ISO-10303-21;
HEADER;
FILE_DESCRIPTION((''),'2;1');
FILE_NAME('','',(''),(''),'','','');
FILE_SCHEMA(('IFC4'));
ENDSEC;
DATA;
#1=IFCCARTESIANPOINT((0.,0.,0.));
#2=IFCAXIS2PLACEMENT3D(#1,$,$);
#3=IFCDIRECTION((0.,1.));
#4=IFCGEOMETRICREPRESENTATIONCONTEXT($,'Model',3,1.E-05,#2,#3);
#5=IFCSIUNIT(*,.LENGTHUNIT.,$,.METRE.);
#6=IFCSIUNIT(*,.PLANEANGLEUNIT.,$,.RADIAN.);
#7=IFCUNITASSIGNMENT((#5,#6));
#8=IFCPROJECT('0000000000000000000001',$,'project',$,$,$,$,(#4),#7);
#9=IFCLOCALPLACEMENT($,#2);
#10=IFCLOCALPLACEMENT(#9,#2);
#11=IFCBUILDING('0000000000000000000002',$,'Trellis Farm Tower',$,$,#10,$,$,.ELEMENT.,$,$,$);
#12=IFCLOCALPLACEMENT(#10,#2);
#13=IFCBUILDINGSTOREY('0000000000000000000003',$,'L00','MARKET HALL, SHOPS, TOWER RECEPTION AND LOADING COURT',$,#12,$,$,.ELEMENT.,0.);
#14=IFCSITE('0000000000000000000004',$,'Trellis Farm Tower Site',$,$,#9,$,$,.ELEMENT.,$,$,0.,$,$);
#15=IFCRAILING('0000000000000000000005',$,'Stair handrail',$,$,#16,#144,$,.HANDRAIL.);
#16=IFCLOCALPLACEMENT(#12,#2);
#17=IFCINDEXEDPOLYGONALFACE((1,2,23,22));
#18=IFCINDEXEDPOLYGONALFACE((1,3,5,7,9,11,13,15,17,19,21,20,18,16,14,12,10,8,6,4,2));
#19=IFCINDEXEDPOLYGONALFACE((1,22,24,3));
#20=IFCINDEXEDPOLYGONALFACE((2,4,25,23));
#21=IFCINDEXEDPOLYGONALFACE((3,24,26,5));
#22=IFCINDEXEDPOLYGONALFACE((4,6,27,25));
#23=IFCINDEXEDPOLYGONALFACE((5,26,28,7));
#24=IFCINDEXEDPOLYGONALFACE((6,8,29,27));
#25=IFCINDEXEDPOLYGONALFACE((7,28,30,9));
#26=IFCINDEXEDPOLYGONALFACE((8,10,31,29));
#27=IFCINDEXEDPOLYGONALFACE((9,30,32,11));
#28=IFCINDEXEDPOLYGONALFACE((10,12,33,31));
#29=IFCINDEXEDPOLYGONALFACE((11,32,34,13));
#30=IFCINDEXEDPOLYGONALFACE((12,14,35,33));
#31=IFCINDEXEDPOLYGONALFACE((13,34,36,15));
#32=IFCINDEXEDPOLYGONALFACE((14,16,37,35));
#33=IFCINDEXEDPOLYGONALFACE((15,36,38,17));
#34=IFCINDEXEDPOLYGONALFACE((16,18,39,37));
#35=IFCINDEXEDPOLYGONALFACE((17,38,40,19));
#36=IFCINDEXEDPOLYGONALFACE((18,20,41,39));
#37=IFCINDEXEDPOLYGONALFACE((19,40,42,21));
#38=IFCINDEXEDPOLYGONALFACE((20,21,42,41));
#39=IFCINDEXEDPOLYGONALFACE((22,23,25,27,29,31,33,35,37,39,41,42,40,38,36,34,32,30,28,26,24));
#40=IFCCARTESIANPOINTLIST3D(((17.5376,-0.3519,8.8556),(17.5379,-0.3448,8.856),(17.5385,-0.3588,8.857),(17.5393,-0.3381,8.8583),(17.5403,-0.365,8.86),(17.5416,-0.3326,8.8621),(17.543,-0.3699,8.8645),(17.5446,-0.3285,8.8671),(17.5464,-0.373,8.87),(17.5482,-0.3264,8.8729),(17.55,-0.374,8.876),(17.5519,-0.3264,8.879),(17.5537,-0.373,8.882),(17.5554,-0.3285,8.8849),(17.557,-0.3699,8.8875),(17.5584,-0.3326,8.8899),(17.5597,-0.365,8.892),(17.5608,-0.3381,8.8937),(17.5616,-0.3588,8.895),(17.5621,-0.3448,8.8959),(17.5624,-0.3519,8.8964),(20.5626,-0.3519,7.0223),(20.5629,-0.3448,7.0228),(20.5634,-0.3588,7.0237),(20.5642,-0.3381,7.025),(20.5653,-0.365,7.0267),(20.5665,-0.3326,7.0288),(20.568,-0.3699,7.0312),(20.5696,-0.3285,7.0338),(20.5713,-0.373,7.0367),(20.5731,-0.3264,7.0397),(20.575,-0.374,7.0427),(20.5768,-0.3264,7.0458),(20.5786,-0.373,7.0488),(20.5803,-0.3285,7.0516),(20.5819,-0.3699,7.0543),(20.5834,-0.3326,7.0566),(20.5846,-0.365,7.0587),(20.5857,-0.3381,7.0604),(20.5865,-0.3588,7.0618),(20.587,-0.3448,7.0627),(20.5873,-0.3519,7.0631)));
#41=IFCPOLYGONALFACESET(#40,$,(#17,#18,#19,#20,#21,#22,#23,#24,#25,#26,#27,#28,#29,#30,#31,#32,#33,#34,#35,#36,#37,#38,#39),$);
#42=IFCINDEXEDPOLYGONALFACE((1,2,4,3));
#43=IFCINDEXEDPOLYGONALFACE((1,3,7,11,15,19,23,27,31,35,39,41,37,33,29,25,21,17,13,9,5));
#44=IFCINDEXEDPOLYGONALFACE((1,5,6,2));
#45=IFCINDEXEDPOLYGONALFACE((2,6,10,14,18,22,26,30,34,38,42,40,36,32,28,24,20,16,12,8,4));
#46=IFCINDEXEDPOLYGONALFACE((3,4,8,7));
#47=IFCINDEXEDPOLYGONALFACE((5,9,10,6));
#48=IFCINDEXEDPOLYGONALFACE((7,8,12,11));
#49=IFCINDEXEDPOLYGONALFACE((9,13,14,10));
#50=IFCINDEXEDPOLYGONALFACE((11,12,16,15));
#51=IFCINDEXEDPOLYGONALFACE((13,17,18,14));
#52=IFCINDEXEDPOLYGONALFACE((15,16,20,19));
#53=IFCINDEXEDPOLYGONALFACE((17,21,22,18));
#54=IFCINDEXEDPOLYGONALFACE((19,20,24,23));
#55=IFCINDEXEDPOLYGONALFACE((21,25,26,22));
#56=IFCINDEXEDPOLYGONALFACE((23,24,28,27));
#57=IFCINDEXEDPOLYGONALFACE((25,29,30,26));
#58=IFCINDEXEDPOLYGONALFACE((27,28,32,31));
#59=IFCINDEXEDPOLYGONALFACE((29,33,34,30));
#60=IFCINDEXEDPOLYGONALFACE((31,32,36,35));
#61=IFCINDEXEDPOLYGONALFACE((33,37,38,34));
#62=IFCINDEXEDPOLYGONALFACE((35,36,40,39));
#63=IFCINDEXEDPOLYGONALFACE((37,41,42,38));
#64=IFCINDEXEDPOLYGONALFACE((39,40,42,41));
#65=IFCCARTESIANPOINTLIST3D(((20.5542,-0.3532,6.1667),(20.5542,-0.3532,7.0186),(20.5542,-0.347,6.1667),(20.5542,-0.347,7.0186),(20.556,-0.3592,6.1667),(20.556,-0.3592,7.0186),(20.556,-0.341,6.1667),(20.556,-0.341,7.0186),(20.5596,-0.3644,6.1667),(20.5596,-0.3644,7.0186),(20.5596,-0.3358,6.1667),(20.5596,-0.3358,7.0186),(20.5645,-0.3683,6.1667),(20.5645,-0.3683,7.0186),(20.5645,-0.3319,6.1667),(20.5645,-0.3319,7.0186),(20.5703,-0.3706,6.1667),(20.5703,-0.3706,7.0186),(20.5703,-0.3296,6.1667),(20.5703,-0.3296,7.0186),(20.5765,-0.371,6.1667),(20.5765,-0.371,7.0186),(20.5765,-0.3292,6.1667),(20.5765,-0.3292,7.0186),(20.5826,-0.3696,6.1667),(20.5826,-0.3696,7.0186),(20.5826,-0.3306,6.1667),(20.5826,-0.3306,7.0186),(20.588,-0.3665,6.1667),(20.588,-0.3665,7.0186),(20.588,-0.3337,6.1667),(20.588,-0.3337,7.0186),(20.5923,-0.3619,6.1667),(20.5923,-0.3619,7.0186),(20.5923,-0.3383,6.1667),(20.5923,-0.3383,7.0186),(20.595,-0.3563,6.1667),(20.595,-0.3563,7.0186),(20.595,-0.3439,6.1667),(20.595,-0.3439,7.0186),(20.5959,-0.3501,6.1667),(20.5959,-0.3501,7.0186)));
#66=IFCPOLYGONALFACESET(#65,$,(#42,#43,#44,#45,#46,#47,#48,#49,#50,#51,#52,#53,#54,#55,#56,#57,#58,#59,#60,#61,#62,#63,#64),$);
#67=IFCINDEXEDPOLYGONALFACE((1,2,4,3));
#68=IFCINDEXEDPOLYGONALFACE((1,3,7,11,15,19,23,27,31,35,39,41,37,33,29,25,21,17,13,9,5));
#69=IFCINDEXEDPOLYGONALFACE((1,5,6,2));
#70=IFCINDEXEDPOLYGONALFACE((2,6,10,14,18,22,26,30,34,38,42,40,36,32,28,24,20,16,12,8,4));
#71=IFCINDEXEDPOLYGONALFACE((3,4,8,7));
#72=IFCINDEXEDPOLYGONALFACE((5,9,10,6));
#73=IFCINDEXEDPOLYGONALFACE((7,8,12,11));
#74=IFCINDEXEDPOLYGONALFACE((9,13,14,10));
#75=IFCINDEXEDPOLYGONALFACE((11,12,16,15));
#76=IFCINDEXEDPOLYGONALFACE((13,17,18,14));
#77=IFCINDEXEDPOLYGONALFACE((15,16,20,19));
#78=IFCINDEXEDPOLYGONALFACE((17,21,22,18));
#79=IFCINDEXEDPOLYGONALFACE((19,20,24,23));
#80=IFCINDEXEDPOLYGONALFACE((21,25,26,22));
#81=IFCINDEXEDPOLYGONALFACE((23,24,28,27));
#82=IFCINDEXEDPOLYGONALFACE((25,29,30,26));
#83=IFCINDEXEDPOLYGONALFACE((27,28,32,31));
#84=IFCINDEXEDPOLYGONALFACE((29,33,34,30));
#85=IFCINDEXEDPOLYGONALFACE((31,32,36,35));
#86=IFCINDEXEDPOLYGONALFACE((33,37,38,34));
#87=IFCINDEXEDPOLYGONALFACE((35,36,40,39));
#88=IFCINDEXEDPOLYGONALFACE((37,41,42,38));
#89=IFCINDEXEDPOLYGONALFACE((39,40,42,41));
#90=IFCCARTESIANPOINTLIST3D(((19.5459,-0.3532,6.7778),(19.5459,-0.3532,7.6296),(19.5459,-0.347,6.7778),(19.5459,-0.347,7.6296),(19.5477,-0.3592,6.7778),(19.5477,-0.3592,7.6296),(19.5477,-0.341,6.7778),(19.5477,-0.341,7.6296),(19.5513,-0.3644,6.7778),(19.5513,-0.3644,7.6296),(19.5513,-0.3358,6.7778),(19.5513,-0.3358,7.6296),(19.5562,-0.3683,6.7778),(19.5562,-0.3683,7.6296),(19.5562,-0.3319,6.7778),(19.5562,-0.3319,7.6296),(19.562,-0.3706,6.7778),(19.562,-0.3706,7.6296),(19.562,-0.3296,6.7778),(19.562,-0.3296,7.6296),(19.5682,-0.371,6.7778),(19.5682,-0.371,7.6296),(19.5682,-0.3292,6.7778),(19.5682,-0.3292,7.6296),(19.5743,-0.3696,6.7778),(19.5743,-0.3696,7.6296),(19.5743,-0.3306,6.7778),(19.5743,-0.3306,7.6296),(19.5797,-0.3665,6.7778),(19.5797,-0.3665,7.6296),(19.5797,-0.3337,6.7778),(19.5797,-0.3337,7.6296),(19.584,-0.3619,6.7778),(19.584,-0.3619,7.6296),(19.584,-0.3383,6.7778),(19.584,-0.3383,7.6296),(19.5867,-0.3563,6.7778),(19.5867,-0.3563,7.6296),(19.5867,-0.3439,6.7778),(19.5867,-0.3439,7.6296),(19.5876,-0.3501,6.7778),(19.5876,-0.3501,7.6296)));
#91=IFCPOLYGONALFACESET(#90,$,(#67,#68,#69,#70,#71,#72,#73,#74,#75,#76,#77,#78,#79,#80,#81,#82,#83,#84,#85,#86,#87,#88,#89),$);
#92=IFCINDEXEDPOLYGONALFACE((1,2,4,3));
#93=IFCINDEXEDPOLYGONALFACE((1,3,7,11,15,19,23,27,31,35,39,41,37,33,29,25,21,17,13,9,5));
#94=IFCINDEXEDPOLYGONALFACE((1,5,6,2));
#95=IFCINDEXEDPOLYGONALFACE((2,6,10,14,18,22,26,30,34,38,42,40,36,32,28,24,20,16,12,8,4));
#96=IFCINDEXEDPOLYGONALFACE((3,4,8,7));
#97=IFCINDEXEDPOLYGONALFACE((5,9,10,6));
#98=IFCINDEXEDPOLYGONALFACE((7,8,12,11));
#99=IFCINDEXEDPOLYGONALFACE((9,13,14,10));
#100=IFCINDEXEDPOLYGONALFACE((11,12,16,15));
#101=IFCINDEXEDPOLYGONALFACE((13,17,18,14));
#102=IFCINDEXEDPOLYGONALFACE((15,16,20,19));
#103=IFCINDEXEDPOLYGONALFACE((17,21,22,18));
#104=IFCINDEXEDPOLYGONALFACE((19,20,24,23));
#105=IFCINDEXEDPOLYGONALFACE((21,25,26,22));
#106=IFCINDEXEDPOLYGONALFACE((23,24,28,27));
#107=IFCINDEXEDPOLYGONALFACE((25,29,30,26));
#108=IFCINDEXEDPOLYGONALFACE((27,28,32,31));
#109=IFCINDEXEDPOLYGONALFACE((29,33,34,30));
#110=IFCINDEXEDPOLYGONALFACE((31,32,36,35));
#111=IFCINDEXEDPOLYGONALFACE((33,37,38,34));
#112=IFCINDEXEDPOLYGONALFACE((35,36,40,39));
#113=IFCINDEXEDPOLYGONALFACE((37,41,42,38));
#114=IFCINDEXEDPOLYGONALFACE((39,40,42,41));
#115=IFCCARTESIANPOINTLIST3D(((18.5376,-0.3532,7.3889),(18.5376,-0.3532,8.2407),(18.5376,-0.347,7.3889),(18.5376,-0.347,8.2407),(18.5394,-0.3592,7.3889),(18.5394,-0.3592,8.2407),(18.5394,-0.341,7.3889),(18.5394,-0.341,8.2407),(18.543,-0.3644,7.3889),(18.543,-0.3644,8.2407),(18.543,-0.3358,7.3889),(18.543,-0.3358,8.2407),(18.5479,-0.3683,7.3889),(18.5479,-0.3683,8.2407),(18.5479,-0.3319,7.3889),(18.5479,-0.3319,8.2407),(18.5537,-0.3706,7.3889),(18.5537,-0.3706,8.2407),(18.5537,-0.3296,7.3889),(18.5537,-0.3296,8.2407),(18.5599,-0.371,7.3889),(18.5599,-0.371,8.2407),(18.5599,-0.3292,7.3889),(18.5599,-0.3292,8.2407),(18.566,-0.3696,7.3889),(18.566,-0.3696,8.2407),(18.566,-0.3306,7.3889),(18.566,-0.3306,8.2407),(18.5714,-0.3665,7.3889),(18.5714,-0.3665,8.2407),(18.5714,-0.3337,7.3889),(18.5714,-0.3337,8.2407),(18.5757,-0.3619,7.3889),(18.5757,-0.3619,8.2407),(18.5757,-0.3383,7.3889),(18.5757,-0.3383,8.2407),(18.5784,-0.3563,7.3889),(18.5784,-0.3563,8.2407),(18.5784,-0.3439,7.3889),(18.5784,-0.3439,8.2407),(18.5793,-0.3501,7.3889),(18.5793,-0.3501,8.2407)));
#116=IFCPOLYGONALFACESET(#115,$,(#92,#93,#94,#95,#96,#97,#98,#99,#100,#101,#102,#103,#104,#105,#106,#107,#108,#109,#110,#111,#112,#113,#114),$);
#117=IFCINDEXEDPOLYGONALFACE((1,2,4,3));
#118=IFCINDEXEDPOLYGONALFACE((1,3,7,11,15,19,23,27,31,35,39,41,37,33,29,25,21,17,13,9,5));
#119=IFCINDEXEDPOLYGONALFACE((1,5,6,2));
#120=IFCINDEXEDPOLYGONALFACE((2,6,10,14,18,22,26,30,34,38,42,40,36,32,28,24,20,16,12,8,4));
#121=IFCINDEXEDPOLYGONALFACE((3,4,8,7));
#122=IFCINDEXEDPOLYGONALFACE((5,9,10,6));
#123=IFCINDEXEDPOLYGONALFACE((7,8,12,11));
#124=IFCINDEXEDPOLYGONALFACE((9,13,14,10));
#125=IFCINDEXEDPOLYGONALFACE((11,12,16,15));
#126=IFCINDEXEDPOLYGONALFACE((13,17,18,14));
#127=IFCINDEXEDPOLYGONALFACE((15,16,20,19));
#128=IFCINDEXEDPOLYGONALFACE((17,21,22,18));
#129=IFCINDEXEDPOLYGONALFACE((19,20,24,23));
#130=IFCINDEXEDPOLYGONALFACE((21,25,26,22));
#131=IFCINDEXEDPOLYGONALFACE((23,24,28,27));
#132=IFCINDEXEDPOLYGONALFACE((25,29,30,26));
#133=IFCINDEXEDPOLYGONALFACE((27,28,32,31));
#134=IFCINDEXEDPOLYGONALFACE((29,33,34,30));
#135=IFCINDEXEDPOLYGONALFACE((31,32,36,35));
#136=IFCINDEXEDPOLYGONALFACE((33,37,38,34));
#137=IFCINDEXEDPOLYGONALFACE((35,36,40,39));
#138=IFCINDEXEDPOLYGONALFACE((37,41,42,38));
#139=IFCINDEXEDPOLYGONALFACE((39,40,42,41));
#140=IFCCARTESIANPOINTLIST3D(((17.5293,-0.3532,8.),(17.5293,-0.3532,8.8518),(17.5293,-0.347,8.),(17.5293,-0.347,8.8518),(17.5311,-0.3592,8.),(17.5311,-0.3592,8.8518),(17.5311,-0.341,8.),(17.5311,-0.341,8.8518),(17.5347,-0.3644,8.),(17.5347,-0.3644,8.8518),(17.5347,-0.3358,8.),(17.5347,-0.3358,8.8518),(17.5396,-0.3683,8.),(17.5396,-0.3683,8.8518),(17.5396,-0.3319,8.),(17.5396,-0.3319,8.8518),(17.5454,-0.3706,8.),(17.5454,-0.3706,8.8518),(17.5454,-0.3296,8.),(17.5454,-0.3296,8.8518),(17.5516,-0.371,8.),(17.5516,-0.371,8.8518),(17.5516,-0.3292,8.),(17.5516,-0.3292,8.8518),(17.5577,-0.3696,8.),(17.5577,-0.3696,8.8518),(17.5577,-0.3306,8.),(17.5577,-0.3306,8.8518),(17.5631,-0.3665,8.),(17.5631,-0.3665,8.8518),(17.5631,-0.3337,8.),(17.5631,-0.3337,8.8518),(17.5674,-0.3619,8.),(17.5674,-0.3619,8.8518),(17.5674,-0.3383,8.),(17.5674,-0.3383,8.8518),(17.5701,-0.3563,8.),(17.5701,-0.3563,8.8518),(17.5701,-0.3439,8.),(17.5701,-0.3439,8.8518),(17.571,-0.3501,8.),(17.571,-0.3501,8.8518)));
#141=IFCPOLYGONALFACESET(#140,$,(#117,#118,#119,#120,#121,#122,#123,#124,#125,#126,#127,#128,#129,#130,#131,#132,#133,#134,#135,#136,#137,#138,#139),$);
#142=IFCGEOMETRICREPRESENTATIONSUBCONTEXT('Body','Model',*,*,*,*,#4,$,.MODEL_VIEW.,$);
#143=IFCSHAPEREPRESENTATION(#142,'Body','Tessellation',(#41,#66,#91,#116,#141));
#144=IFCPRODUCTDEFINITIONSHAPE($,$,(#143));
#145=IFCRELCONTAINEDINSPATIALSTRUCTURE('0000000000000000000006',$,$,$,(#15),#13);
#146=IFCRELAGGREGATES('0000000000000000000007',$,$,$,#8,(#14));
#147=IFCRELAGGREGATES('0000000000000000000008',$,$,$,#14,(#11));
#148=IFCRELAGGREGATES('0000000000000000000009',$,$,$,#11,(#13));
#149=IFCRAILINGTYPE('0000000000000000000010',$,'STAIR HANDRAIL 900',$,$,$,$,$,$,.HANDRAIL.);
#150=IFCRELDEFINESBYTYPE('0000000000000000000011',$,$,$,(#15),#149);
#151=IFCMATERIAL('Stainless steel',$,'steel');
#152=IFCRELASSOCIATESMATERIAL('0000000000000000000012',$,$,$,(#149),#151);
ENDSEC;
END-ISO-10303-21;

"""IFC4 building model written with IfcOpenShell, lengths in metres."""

from ifc_helpers import new_model, si_unit, direction, frame, origin, origin_2d, place, context, subcontext, project, spatial, circle, extrude, source, transform, mapped, material, type_object, element, save


model = new_model("IFC4")

# Units and contexts
model_context = context("Model", 3, precision=1e-05, world=origin(), true_north=direction((0.0, 1.0)))
body_context = subcontext(model_context, "Body", "Model", "MODEL_VIEW")
ifc_project = project(units=[si_unit("LENGTHUNIT", "METRE"), si_unit("PLANEANGLEUNIT", "RADIAN")], contexts=[model_context])

# Site, building, storey
site_placement = place(None, origin())
site = spatial("IfcSite", under=ifc_project, at=site_placement, Name="Trellis Farm Tower Site", CompositionType="ELEMENT", RefElevation=0.0)
building_placement = place(site_placement, origin())
building = spatial("IfcBuilding", under=site, at=building_placement, Name="Trellis Farm Tower", CompositionType="ELEMENT")
storey_placement = place(building_placement, origin())
storey = spatial("IfcBuildingStorey", under=building, at=storey_placement, Name="L00", Description="MARKET HALL, SHOPS, TOWER RECEPTION AND LOADING COURT", CompositionType="ELEMENT", Elevation=0.0)

# Railing
ifc_material_1 = material(Name="Stainless steel", Category="steel")
railing_type = type_object("IfcRailingType", Name="STAIR HANDRAIL 900", PredefinedType="HANDRAIL", material=ifc_material_1)
shared_shape_1 = source(origin(), body_context, "Body", "SweptSolid", [
    extrude(circle(Radius=0.0239, at=origin_2d()), frame((0.0, 0.0, 0.876), z_axis=(-0.855201, 0.0, 0.518297), x_axis=(0.0, -1.0, 0.0)), (0.0, 0.0, 1.0), 3.5371),
    extrude(circle(Radius=0.021, at=origin_2d()), origin(), (0.0, 0.0, 1.0), 0.8518),
    extrude(circle(Radius=0.021, at=origin_2d()), frame((-1.0083, 0.0, 0.6111)), (0.0, 0.0, 1.0), 0.8518),
    extrude(circle(Radius=0.021, at=origin_2d()), frame((-2.0166, 0.0, 1.2222)), (0.0, 0.0, 1.0), 0.8518),
    extrude(circle(Radius=0.021, at=origin_2d()), frame((-3.0249, 0.0, 1.8333)), (0.0, 0.0, 1.0), 0.8518),
])
for number, where, name in (
    (1, (20.575, -0.3501, 6.1667), "Stair handrail"),
):
    element("IfcRailing", number, at=place(storey_placement, frame(where)), inside=storey, type_object=railing_type, Name=name, PredefinedType="HANDRAIL", context=body_context, shape_type="MappedRepresentation", body=[
        mapped(shared_shape_1, transform((0.0, 0.0, 0.0))),
    ])

save(model, "model.ifc")
